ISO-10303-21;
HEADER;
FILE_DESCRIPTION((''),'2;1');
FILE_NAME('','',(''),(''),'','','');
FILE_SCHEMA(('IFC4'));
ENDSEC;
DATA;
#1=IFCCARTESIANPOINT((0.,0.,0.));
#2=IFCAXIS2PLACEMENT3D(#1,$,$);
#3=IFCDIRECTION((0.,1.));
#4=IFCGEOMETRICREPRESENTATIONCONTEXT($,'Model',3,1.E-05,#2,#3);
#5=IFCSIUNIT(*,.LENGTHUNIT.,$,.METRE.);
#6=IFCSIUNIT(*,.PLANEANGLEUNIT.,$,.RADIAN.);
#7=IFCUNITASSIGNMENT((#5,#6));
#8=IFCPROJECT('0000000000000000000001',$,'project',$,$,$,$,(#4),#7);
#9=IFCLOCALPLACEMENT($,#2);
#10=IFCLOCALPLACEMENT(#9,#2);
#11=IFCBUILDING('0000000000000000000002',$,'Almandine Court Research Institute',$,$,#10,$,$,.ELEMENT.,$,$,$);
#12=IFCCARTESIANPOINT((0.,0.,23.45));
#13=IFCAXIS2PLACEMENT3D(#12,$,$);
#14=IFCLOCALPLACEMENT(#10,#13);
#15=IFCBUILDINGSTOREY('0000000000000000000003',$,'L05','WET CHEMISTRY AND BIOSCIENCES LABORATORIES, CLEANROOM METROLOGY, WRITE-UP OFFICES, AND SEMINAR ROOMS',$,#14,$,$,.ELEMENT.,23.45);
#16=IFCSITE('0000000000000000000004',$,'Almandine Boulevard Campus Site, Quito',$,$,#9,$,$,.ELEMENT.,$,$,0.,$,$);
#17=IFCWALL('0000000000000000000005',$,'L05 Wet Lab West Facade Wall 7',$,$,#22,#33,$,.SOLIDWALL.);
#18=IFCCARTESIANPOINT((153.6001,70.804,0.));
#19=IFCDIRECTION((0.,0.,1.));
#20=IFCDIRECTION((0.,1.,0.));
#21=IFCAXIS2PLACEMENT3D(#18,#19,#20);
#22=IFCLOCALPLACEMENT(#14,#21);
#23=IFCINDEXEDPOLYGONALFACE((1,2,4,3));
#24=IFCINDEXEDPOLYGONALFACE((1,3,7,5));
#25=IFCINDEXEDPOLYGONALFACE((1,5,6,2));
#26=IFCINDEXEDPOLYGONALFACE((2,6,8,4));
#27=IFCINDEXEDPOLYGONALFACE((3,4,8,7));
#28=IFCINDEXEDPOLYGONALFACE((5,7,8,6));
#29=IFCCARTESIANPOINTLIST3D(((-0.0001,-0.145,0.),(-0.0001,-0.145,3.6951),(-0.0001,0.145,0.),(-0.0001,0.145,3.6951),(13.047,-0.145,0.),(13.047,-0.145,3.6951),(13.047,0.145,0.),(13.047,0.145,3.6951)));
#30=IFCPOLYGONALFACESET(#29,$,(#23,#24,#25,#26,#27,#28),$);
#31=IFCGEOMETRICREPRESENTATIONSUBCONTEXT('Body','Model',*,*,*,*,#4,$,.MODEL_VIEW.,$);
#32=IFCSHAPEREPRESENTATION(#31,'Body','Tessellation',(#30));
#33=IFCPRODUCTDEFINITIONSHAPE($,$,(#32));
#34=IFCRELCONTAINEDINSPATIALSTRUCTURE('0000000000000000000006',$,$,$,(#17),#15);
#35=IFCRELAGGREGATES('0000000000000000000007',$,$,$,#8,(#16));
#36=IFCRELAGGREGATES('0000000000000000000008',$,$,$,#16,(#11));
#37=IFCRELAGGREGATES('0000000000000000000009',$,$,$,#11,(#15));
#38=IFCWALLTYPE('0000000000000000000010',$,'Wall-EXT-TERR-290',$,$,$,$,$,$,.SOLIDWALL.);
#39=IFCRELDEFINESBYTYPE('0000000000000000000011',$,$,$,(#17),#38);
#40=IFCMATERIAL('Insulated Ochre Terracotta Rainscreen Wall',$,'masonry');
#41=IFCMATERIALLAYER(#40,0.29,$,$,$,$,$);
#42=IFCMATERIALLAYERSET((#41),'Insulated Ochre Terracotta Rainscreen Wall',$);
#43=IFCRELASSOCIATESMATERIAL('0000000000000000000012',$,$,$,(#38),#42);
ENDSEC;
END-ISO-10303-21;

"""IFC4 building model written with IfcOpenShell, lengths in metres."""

from ifc_helpers import new_model, si_unit, direction, frame, frame_2d, origin, place, context, subcontext, project, spatial, rectangle, extrude, material, layer, layer_set, type_object, element, save


model = new_model("IFC4")

# Units and contexts
model_context = context("Model", 3, precision=1e-05, world=origin(), true_north=direction((0.0, 1.0)))
body_context = subcontext(model_context, "Body", "Model", "MODEL_VIEW")
ifc_project = project(units=[si_unit("LENGTHUNIT", "METRE"), si_unit("PLANEANGLEUNIT", "RADIAN")], contexts=[model_context])

# Site, building, storey
site_placement = place(None, origin())
site = spatial("IfcSite", under=ifc_project, at=site_placement, Name="Almandine Boulevard Campus Site, Quito", CompositionType="ELEMENT", RefElevation=0.0)
building_placement = place(site_placement, origin())
building = spatial("IfcBuilding", under=site, at=building_placement, Name="Almandine Court Research Institute", CompositionType="ELEMENT")
storey_placement = place(building_placement, frame((0.0, 0.0, 23.45)))
storey = spatial("IfcBuildingStorey", under=building, at=storey_placement, Name="L05", Description="WET CHEMISTRY AND BIOSCIENCES LABORATORIES, CLEANROOM METROLOGY, WRITE-UP OFFICES, AND SEMINAR ROOMS", CompositionType="ELEMENT", Elevation=23.45)

# Wall
ifc_material_1 = material(Name="Insulated Ochre Terracotta Rainscreen Wall", Category="masonry")
ifc_layer_1 = layer(ifc_material_1, 0.29)
ifc_layer_set_1 = layer_set([ifc_layer_1], Name="Insulated Ochre Terracotta Rainscreen Wall")
wall_type_1 = type_object("IfcWallType", Name="Wall-EXT-TERR-290", PredefinedType="SOLIDWALL", material=ifc_layer_set_1)
wall_1_placement = place(storey_placement, frame((153.6001, 70.804, 0.0), z_axis=(0.0, 0.0, 1.0), x_axis=(0.0, 1.0, 0.0)))
element("IfcWall", 1, at=wall_1_placement, inside=storey, type_object=wall_type_1, Name="L05 Wet Lab West Facade Wall 7", PredefinedType="SOLIDWALL", context=body_context, shape_type="SweptSolid", body=[
    extrude(rectangle(XDim=13.0471, YDim=0.29, at=frame_2d((6.5234, 0.0))), origin(), (0.0, 0.0, 1.0), 3.6951),
])

save(model, "model.ifc")
